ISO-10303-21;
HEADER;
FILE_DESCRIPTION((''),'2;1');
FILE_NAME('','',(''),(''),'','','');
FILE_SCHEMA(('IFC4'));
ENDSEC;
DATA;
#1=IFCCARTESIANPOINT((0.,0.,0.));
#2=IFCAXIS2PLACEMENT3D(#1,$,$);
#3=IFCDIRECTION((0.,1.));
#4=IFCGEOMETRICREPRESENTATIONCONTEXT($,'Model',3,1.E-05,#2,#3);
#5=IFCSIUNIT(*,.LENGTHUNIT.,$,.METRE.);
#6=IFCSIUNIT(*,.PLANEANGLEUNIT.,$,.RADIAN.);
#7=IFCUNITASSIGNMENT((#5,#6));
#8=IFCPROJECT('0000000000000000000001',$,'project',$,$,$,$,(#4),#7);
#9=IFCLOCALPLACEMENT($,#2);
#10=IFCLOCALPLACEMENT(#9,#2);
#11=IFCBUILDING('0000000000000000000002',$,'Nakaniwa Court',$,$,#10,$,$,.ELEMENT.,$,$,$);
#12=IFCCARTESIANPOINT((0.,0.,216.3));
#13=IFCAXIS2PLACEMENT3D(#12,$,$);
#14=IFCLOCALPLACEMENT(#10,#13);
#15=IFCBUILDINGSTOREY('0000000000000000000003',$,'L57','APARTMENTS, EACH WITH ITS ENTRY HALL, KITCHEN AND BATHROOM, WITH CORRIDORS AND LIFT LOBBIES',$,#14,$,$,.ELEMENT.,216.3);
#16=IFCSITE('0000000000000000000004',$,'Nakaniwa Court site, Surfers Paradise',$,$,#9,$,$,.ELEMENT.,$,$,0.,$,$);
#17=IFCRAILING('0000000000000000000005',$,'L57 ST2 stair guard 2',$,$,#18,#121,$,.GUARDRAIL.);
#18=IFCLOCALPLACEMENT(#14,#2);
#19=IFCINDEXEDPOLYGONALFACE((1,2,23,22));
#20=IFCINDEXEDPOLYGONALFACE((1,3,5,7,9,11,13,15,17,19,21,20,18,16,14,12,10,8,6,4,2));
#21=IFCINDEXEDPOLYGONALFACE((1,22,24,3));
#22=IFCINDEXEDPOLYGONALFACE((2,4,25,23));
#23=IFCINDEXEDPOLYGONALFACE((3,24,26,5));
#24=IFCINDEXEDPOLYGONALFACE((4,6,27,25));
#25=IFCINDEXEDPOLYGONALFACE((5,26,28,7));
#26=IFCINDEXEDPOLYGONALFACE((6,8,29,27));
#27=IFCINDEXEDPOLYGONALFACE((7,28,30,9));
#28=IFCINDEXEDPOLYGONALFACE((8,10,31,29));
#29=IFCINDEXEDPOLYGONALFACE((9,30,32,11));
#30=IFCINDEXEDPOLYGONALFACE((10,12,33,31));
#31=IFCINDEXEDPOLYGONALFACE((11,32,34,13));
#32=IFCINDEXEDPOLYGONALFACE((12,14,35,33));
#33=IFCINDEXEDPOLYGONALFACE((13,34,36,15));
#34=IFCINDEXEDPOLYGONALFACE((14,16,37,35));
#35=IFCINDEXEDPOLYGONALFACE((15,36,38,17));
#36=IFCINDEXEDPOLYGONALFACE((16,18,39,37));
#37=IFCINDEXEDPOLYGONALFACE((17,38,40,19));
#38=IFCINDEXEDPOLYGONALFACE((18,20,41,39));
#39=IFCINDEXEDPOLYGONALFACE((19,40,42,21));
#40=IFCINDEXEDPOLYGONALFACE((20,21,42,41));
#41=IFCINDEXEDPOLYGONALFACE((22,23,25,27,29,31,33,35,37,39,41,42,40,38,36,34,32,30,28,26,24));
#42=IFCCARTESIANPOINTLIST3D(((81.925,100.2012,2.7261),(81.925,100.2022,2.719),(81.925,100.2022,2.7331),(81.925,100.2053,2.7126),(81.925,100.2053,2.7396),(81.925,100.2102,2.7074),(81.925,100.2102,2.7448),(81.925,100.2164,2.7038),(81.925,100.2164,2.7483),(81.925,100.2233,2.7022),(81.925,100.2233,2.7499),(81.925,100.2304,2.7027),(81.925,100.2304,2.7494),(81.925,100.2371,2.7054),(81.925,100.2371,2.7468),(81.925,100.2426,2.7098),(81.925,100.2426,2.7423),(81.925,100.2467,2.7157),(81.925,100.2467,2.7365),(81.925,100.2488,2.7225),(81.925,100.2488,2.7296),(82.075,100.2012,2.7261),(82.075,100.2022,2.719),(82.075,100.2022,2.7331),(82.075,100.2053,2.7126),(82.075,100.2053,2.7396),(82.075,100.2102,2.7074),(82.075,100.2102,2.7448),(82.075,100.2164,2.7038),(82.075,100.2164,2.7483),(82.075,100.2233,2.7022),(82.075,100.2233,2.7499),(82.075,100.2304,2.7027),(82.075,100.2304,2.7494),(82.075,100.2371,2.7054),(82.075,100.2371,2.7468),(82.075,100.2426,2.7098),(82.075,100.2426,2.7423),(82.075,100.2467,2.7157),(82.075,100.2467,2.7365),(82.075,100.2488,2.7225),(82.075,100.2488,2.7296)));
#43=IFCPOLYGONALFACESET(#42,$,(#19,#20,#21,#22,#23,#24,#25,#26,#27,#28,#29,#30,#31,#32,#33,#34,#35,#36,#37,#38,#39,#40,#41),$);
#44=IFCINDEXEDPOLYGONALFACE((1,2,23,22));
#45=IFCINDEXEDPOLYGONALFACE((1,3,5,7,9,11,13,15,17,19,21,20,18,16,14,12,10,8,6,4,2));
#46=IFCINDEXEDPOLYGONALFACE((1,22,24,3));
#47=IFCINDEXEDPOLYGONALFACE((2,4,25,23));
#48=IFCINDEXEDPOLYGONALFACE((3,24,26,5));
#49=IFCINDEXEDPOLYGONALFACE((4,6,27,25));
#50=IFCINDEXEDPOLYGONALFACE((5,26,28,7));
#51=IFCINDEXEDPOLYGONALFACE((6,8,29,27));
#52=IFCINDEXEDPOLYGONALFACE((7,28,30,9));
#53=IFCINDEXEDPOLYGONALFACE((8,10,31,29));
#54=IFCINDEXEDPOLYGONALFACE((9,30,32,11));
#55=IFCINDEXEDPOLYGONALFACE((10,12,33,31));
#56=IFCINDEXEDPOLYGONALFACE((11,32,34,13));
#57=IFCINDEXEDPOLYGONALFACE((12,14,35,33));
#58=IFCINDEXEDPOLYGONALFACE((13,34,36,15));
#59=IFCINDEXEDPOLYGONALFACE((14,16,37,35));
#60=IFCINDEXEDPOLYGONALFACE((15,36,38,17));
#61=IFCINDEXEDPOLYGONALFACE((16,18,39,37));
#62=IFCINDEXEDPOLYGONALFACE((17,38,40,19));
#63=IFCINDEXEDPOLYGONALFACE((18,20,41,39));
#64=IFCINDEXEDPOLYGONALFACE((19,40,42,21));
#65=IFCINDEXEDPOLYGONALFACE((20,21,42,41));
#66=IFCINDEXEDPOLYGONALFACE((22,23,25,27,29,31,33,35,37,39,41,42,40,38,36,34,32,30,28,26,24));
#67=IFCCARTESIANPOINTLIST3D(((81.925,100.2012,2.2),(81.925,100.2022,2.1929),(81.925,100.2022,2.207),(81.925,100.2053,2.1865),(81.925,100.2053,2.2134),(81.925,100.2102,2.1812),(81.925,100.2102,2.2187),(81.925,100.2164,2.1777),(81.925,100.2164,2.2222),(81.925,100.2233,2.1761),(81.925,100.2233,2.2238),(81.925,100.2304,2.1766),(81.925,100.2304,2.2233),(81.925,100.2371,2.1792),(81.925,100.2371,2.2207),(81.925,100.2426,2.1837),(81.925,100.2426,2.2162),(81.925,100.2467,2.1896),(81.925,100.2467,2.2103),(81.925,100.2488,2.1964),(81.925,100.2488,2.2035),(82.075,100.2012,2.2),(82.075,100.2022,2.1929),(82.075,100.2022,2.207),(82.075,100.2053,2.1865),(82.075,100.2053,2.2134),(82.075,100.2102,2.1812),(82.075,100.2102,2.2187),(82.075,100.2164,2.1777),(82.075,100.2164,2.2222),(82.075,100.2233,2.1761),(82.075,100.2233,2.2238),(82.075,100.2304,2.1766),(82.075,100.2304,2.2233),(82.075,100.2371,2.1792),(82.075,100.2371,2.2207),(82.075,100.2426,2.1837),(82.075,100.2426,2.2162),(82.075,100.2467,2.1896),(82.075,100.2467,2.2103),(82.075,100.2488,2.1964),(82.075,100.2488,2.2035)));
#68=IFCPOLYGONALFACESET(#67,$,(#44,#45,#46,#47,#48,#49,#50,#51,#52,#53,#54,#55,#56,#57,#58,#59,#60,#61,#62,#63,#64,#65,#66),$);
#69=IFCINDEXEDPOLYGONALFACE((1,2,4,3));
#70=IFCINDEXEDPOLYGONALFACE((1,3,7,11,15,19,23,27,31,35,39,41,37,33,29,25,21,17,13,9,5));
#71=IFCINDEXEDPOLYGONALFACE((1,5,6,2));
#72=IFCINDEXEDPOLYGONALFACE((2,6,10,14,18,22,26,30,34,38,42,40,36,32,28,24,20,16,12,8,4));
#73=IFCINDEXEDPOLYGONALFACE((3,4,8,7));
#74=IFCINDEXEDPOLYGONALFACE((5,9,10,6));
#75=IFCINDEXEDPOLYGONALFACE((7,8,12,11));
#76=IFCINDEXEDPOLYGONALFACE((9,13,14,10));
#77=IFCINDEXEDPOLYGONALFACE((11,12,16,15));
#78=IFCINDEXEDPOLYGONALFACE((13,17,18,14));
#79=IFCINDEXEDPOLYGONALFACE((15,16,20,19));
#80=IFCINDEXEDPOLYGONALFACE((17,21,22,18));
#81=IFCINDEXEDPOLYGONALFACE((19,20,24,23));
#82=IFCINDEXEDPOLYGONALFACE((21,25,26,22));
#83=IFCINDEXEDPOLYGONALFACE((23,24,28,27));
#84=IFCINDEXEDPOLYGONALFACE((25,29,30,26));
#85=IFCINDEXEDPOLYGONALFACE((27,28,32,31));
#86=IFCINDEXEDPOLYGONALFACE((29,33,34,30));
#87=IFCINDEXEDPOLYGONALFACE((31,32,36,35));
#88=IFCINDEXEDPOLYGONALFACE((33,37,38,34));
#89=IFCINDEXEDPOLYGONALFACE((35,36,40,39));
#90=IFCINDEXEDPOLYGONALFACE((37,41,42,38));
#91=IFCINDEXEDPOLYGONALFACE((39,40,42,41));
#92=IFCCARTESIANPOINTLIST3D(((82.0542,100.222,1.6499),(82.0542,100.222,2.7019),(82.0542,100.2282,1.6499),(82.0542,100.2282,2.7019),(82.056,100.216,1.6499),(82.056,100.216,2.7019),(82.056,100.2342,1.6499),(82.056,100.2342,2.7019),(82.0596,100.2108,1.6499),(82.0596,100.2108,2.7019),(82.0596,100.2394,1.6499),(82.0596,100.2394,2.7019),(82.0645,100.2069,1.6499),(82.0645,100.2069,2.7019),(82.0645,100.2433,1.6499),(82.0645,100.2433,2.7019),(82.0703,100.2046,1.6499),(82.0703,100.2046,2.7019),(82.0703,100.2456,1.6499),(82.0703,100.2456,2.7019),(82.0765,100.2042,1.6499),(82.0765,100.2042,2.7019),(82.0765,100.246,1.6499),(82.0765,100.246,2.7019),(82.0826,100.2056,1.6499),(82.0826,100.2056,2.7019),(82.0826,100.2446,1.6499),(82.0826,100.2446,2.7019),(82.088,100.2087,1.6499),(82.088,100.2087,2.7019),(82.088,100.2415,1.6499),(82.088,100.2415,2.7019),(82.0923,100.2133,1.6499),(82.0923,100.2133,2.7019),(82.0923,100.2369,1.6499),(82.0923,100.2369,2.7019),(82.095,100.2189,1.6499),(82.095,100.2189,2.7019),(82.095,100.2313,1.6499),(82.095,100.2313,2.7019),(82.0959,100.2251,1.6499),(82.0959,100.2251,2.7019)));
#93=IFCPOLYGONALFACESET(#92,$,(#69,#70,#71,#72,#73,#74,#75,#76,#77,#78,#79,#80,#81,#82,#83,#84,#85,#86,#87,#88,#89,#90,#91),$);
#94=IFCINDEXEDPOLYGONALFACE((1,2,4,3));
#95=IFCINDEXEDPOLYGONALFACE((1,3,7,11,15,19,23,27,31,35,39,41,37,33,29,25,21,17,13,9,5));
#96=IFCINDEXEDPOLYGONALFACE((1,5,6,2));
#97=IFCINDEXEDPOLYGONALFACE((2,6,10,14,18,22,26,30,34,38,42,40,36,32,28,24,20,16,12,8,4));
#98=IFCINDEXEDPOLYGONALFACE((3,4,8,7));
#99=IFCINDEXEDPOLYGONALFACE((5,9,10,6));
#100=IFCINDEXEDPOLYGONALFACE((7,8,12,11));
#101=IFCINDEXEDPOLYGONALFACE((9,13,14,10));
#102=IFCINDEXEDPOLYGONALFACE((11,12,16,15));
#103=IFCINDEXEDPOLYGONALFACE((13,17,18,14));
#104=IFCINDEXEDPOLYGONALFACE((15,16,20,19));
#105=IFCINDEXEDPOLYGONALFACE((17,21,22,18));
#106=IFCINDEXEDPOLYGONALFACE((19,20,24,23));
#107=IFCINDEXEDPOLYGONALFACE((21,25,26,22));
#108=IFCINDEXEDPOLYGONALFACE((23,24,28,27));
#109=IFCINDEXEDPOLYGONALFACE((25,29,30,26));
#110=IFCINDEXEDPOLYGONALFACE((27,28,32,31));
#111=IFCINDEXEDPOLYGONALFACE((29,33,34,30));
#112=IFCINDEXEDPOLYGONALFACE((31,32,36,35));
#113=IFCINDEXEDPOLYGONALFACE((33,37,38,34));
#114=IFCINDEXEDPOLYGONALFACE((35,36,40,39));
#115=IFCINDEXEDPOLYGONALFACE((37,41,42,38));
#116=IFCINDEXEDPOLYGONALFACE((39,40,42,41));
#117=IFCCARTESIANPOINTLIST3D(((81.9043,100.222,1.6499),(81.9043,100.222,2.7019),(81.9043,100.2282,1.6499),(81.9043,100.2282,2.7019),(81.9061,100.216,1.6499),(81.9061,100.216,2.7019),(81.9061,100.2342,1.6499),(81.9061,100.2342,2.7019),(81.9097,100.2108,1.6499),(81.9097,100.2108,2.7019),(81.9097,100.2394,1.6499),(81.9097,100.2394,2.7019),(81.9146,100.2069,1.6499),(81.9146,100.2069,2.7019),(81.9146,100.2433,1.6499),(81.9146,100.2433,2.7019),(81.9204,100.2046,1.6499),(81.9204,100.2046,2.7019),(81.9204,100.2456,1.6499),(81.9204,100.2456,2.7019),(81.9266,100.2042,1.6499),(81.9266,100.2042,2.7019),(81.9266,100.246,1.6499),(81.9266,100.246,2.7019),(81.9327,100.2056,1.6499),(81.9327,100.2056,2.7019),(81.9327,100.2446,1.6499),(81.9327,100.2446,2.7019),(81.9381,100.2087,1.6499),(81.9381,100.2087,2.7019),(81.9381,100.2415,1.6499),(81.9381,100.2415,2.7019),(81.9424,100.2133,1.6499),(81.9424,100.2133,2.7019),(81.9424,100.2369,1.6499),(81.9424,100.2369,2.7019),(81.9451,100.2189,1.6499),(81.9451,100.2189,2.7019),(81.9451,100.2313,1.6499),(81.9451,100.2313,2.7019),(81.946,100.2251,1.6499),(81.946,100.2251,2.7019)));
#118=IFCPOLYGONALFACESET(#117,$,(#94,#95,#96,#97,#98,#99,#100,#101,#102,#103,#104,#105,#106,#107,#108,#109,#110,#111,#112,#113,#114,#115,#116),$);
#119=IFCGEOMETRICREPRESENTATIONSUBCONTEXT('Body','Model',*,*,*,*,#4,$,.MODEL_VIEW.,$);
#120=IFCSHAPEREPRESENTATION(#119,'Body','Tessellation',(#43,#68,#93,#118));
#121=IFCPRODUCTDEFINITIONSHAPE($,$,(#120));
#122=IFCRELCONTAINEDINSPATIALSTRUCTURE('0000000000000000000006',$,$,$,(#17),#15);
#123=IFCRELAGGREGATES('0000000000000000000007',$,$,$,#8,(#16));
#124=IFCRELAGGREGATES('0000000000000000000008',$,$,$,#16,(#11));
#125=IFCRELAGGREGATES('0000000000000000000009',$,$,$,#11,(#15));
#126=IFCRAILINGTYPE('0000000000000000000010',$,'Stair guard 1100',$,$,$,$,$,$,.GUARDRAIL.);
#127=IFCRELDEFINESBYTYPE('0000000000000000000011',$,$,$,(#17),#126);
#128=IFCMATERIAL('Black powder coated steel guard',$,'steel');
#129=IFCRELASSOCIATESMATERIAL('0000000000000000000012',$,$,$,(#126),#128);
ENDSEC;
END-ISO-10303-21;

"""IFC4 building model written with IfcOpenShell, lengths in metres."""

from ifc_helpers import new_model, si_unit, direction, frame, origin, origin_2d, place, context, subcontext, project, spatial, circle, extrude, material, type_object, element, save


model = new_model("IFC4")

# Units and contexts
model_context = context("Model", 3, precision=1e-05, world=origin(), true_north=direction((0.0, 1.0)))
body_context = subcontext(model_context, "Body", "Model", "MODEL_VIEW")
ifc_project = project(units=[si_unit("LENGTHUNIT", "METRE"), si_unit("PLANEANGLEUNIT", "RADIAN")], contexts=[model_context])

# Site, building, storey
site_placement = place(None, origin())
site = spatial("IfcSite", under=ifc_project, at=site_placement, Name="Nakaniwa Court site, Surfers Paradise", CompositionType="ELEMENT", RefElevation=0.0)
building_placement = place(site_placement, origin())
building = spatial("IfcBuilding", under=site, at=building_placement, Name="Nakaniwa Court", CompositionType="ELEMENT")
storey_placement = place(building_placement, frame((0.0, 0.0, 216.3)))
storey = spatial("IfcBuildingStorey", under=building, at=storey_placement, Name="L57", Description="APARTMENTS, EACH WITH ITS ENTRY HALL, KITCHEN AND BATHROOM, WITH CORRIDORS AND LIFT LOBBIES", CompositionType="ELEMENT", Elevation=216.3)

# Railing
ifc_material_1 = material(Name="Black powder coated steel guard", Category="steel")
railing_type_1 = type_object("IfcRailingType", Name="Stair guard 1100", PredefinedType="GUARDRAIL", material=ifc_material_1)
railing_1_placement = place(storey_placement, frame((82.075, 100.2251, 1.6499)))
element("IfcRailing", 1, at=railing_1_placement, inside=storey, type_object=railing_type_1, Name="L57 ST2 stair guard 2", PredefinedType="GUARDRAIL", context=body_context, shape_type="SweptSolid", body=[
    extrude(circle(Radius=0.0239, at=origin_2d()), frame((0.0, 0.0, 1.0762), z_axis=(-1.0, 0.0, 0.0), x_axis=(0.0, -1.0, 0.0)), (0.0, 0.0, 1.0), 0.1499),
    extrude(circle(Radius=0.0239, at=origin_2d()), frame((0.0, 0.0, 0.55), z_axis=(-1.0, 0.0, 0.0), x_axis=(0.0, -1.0, 0.0)), (0.0, 0.0, 1.0), 0.1499),
    extrude(circle(Radius=0.021, at=origin_2d()), origin(), (0.0, 0.0, 1.0), 1.052),
    extrude(circle(Radius=0.021, at=origin_2d()), frame((-0.1499, 0.0, 0.0)), (0.0, 0.0, 1.0), 1.052),
])

save(model, "model.ifc")
